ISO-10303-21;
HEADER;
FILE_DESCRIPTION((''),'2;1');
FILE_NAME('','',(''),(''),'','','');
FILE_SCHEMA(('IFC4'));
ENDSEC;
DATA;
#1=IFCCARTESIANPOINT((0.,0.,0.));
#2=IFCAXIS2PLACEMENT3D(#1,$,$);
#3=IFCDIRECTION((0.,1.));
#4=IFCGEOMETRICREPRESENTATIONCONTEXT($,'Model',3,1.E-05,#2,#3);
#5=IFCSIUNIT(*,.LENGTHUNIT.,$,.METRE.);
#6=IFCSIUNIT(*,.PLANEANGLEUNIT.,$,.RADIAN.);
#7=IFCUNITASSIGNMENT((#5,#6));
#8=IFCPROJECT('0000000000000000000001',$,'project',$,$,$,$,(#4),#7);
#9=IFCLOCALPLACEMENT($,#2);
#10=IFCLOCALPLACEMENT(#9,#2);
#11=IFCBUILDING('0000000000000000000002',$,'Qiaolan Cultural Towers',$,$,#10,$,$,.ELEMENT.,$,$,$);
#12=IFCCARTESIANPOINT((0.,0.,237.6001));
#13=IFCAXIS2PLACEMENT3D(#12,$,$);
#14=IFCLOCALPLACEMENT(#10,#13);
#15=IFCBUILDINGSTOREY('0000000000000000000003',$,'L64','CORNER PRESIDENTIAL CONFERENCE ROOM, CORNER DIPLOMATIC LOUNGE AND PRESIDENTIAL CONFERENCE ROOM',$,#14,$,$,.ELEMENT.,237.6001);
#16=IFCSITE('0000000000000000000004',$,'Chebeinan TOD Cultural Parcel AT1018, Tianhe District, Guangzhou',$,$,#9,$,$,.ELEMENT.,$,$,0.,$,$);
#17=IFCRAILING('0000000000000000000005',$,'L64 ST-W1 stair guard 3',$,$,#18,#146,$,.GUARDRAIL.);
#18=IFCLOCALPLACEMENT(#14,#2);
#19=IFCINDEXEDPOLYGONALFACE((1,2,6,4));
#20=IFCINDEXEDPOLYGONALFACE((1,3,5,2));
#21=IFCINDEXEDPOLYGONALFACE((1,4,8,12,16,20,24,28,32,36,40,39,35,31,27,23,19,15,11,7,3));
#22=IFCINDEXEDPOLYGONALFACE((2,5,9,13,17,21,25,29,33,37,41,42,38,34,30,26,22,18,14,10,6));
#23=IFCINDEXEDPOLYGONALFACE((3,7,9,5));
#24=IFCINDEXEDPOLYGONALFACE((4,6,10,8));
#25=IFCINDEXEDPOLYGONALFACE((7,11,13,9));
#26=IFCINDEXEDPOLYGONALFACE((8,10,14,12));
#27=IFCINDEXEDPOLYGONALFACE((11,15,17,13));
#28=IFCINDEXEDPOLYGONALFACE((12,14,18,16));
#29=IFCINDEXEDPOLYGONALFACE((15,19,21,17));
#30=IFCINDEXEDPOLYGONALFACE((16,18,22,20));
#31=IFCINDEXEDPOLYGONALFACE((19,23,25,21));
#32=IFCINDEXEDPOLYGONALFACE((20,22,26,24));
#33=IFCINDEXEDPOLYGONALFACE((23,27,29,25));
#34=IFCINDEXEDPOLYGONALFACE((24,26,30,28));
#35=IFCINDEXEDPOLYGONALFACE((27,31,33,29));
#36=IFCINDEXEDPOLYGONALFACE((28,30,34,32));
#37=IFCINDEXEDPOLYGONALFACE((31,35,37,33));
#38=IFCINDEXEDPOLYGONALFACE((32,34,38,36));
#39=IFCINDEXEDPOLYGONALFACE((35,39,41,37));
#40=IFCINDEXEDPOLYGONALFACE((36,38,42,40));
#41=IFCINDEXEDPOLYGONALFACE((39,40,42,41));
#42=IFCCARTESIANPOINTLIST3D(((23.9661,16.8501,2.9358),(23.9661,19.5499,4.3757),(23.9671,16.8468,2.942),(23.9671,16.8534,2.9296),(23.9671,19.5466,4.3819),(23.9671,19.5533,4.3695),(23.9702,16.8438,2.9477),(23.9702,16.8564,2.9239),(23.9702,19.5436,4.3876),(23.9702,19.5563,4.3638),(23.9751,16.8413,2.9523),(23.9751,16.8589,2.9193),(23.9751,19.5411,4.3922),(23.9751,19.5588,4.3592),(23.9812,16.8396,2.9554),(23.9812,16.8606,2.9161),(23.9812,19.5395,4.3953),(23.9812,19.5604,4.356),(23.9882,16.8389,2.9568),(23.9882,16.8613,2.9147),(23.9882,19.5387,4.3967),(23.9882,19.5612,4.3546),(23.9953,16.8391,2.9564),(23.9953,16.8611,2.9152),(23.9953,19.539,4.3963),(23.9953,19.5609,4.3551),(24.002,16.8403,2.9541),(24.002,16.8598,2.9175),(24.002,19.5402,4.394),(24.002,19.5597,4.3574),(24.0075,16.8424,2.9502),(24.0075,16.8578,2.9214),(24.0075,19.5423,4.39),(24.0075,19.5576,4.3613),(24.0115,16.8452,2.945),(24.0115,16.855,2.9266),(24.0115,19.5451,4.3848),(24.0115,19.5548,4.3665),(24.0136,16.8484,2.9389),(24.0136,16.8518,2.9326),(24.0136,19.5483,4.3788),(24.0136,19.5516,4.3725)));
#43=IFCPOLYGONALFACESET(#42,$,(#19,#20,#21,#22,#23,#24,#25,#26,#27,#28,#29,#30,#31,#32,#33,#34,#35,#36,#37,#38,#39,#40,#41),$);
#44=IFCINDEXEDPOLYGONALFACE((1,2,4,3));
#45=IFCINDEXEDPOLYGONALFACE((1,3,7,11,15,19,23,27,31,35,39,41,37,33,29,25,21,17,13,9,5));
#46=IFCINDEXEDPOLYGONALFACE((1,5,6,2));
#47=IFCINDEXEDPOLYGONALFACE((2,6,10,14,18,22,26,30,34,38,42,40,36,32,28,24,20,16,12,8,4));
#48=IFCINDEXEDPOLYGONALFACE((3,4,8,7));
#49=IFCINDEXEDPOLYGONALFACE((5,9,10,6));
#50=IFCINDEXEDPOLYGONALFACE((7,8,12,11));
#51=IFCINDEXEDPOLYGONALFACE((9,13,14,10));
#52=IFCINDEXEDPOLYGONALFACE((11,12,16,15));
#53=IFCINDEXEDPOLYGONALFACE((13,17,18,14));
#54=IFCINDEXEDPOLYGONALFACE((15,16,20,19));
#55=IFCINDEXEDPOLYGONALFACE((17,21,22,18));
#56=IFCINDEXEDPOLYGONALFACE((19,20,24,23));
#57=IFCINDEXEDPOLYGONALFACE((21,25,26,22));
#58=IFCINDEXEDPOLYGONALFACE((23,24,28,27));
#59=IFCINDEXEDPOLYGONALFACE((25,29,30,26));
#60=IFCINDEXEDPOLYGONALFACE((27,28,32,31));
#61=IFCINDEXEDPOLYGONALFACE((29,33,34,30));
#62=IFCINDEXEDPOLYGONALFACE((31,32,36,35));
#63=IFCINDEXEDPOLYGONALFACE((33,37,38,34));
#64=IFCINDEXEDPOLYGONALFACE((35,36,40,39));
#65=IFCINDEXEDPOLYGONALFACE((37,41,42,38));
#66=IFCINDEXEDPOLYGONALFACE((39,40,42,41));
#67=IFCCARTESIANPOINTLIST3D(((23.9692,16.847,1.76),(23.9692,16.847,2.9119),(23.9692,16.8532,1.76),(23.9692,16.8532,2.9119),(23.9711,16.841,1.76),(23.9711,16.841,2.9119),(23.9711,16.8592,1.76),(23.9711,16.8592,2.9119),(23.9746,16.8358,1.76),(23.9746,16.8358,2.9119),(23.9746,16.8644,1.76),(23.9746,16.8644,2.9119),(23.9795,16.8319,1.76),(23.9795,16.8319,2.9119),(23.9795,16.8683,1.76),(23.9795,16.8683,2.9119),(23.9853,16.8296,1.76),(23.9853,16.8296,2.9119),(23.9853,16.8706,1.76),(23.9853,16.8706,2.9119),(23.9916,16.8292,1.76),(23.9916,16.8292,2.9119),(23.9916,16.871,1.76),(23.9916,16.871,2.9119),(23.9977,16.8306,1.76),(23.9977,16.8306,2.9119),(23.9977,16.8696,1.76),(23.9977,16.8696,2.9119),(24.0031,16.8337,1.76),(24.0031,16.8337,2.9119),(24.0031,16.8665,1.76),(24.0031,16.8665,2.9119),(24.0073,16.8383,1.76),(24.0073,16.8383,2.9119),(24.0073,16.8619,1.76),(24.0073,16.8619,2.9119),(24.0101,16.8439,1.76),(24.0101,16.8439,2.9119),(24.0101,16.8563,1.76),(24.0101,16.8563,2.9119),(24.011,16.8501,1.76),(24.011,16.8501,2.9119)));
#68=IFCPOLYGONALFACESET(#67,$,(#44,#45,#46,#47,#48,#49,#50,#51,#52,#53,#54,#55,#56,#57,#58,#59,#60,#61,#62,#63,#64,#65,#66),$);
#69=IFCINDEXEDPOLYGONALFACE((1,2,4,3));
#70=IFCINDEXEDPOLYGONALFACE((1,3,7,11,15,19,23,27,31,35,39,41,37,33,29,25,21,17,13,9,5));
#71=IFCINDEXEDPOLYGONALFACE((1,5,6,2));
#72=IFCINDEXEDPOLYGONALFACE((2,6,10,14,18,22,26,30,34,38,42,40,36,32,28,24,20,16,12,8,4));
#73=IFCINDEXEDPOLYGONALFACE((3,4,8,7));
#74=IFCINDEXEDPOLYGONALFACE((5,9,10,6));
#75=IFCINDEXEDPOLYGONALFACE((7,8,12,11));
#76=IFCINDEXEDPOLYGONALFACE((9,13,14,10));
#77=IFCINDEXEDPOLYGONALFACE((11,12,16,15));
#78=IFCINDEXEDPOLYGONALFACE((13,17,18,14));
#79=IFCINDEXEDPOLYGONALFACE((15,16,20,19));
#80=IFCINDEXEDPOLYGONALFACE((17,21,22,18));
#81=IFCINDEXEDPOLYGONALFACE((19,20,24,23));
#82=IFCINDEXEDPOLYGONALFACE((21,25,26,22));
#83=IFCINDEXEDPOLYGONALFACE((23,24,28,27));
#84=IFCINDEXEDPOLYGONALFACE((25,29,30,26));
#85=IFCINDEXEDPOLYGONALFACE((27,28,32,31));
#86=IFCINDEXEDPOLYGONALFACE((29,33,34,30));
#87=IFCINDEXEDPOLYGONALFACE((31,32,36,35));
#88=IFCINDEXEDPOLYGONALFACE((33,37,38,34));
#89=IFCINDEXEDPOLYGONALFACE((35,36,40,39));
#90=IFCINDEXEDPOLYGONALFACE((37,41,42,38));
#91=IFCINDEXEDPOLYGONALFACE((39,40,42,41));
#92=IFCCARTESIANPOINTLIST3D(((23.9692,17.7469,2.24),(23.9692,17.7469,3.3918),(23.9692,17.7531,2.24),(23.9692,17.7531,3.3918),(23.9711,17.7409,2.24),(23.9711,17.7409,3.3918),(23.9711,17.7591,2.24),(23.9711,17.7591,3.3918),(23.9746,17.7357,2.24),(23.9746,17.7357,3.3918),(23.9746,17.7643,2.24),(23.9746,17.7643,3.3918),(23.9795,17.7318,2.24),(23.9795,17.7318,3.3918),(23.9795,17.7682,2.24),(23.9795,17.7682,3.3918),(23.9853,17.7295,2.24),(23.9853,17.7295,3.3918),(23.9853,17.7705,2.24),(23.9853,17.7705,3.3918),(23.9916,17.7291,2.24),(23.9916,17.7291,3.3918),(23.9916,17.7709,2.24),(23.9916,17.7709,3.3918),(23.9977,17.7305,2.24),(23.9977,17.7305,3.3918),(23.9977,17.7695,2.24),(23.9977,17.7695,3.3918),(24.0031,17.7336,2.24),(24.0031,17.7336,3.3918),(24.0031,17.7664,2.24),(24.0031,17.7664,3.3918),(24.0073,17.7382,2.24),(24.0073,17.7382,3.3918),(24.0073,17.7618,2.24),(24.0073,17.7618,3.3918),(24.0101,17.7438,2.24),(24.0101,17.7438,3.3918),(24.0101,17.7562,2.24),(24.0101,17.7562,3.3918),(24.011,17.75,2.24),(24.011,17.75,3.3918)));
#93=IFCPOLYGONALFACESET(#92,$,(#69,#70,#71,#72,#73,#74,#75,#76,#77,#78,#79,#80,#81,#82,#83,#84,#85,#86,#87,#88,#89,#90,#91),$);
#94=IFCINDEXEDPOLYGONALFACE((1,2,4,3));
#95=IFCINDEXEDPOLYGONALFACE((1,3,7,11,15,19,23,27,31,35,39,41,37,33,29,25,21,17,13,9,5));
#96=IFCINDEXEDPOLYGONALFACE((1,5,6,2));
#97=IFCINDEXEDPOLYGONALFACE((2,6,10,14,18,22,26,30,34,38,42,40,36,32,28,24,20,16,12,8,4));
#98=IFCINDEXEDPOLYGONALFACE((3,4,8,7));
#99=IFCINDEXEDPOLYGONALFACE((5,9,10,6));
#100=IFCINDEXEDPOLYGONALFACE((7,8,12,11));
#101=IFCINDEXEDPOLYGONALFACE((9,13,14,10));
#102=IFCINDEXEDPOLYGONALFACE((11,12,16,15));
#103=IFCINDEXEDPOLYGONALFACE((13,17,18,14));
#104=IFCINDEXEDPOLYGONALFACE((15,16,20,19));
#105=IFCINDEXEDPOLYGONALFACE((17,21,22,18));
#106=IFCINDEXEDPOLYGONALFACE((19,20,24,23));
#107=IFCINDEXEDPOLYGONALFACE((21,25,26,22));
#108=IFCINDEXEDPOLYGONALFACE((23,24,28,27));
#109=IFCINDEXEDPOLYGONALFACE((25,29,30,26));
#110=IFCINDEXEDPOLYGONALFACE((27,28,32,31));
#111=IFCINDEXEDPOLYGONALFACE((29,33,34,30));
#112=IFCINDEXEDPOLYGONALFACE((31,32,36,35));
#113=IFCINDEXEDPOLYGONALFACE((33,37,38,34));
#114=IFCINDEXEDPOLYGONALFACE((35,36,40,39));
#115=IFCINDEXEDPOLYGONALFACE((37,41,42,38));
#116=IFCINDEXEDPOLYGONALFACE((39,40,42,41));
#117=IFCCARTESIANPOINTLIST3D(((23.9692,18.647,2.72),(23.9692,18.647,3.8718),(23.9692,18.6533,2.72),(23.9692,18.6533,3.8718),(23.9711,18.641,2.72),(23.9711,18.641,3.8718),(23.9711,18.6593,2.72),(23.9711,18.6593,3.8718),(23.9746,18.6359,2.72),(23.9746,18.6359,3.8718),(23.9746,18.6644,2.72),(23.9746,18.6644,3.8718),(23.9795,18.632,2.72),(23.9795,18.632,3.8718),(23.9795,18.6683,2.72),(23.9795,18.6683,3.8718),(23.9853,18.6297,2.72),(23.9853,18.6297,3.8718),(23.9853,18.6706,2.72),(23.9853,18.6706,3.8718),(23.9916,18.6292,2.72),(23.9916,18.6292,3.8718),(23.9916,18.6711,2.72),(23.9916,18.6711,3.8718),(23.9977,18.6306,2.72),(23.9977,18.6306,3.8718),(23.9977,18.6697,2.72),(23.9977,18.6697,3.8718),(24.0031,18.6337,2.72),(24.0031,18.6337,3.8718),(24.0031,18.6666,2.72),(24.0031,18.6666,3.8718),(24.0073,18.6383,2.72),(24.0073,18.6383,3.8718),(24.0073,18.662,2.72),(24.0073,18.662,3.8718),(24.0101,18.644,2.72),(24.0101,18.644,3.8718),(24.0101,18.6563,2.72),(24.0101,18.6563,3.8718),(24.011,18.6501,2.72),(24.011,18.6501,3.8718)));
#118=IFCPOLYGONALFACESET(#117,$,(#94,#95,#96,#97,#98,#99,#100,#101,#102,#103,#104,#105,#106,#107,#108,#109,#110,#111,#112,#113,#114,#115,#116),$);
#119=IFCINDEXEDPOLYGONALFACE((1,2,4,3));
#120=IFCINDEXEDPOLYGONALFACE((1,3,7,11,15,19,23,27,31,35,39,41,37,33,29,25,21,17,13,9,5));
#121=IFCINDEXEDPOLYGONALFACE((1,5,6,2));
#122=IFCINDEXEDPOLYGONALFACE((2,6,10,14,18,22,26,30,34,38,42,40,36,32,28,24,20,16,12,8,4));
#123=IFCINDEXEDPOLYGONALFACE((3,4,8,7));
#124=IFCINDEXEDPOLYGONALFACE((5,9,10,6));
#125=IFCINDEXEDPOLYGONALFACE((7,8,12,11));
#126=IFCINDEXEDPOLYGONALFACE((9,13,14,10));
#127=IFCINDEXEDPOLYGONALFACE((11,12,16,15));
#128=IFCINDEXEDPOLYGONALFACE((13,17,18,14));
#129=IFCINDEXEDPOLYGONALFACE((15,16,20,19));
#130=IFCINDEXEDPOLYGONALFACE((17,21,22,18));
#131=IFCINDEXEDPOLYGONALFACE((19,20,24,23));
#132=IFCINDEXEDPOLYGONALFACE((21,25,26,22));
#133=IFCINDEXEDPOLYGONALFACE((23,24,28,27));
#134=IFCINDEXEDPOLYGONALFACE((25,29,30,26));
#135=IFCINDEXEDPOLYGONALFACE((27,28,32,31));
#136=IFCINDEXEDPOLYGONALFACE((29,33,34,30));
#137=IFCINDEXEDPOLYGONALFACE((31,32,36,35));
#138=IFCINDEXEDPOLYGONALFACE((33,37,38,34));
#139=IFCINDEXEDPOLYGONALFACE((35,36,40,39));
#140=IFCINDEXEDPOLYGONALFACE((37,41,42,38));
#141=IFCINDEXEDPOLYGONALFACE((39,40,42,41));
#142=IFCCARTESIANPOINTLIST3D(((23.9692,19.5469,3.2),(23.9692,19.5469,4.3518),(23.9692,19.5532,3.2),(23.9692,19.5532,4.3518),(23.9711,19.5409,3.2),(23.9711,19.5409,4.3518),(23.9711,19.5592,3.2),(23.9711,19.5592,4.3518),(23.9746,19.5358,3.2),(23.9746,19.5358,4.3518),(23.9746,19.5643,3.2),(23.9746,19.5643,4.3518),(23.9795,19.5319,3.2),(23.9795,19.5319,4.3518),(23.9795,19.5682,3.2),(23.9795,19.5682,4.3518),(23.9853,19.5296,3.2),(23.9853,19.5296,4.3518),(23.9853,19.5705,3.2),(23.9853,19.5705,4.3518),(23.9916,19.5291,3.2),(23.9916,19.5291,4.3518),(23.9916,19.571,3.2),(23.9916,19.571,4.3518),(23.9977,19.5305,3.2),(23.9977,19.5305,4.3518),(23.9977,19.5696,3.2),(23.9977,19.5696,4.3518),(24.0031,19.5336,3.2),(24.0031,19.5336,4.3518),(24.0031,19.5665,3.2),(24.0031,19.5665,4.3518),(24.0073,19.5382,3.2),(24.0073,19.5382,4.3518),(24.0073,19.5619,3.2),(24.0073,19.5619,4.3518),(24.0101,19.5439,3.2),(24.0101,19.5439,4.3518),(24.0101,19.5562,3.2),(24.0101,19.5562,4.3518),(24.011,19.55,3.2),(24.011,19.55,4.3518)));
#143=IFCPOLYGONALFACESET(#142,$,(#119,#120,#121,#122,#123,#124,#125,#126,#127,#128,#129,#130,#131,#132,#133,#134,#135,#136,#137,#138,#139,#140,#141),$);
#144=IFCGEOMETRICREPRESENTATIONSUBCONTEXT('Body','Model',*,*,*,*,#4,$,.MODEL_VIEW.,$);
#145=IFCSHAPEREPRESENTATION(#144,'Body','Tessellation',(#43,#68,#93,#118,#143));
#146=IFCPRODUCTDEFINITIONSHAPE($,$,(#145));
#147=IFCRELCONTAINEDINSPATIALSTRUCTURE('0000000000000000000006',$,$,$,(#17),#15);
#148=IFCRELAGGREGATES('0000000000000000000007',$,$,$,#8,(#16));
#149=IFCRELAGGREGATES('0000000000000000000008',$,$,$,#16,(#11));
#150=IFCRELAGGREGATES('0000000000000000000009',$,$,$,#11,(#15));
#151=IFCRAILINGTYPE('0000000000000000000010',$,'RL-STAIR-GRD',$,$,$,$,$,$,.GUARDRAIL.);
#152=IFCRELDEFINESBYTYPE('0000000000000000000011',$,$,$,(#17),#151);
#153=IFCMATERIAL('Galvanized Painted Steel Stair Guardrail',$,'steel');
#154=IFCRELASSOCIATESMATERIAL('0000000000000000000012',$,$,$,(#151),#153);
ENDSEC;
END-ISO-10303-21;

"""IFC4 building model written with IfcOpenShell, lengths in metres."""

from ifc_helpers import new_model, si_unit, direction, frame, origin, origin_2d, place, context, subcontext, project, spatial, circle, extrude, material, type_object, element, save


model = new_model("IFC4")

# Units and contexts
model_context = context("Model", 3, precision=1e-05, world=origin(), true_north=direction((0.0, 1.0)))
body_context = subcontext(model_context, "Body", "Model", "MODEL_VIEW")
ifc_project = project(units=[si_unit("LENGTHUNIT", "METRE"), si_unit("PLANEANGLEUNIT", "RADIAN")], contexts=[model_context])

# Site, building, storey
site_placement = place(None, origin())
site = spatial("IfcSite", under=ifc_project, at=site_placement, Name="Chebeinan TOD Cultural Parcel AT1018, Tianhe District, Guangzhou", CompositionType="ELEMENT", RefElevation=0.0)
building_placement = place(site_placement, origin())
building = spatial("IfcBuilding", under=site, at=building_placement, Name="Qiaolan Cultural Towers", CompositionType="ELEMENT")
storey_placement = place(building_placement, frame((0.0, 0.0, 237.6001)))
storey = spatial("IfcBuildingStorey", under=building, at=storey_placement, Name="L64", Description="CORNER PRESIDENTIAL CONFERENCE ROOM, CORNER DIPLOMATIC LOUNGE AND PRESIDENTIAL CONFERENCE ROOM", CompositionType="ELEMENT", Elevation=237.6001)

# Railing
ifc_material_1 = material(Name="Galvanized Painted Steel Stair Guardrail", Category="steel")
railing_type_1 = type_object("IfcRailingType", Name="RL-STAIR-GRD", PredefinedType="GUARDRAIL", material=ifc_material_1)
railing_1_placement = place(storey_placement, frame((23.99, 16.8501, 1.76)))
element("IfcRailing", 1, at=railing_1_placement, inside=storey, type_object=railing_type_1, Name="L64 ST-W1 stair guard 3", PredefinedType="GUARDRAIL", context=body_context, shape_type="SweptSolid", body=[
    extrude(circle(Radius=0.0239, at=origin_2d()), frame((0.0, 0.0, 1.1758), z_axis=(0.0, 0.882357, 0.47058), x_axis=(-1.0, 0.0, 0.0)), (0.0, 0.0, 1.0), 3.0598),
    extrude(circle(Radius=0.021, at=origin_2d()), origin(), (0.0, 0.0, 1.0), 1.1519),
    extrude(circle(Radius=0.021, at=origin_2d()), frame((0.0, 0.8999, 0.48)), (0.0, 0.0, 1.0), 1.1519),
    extrude(circle(Radius=0.021, at=origin_2d()), frame((0.0, 1.8, 0.96)), (0.0, 0.0, 1.0), 1.1519),
    extrude(circle(Radius=0.021, at=origin_2d()), frame((0.0, 2.7, 1.4399)), (0.0, 0.0, 1.0), 1.1519),
])

save(model, "model.ifc")
